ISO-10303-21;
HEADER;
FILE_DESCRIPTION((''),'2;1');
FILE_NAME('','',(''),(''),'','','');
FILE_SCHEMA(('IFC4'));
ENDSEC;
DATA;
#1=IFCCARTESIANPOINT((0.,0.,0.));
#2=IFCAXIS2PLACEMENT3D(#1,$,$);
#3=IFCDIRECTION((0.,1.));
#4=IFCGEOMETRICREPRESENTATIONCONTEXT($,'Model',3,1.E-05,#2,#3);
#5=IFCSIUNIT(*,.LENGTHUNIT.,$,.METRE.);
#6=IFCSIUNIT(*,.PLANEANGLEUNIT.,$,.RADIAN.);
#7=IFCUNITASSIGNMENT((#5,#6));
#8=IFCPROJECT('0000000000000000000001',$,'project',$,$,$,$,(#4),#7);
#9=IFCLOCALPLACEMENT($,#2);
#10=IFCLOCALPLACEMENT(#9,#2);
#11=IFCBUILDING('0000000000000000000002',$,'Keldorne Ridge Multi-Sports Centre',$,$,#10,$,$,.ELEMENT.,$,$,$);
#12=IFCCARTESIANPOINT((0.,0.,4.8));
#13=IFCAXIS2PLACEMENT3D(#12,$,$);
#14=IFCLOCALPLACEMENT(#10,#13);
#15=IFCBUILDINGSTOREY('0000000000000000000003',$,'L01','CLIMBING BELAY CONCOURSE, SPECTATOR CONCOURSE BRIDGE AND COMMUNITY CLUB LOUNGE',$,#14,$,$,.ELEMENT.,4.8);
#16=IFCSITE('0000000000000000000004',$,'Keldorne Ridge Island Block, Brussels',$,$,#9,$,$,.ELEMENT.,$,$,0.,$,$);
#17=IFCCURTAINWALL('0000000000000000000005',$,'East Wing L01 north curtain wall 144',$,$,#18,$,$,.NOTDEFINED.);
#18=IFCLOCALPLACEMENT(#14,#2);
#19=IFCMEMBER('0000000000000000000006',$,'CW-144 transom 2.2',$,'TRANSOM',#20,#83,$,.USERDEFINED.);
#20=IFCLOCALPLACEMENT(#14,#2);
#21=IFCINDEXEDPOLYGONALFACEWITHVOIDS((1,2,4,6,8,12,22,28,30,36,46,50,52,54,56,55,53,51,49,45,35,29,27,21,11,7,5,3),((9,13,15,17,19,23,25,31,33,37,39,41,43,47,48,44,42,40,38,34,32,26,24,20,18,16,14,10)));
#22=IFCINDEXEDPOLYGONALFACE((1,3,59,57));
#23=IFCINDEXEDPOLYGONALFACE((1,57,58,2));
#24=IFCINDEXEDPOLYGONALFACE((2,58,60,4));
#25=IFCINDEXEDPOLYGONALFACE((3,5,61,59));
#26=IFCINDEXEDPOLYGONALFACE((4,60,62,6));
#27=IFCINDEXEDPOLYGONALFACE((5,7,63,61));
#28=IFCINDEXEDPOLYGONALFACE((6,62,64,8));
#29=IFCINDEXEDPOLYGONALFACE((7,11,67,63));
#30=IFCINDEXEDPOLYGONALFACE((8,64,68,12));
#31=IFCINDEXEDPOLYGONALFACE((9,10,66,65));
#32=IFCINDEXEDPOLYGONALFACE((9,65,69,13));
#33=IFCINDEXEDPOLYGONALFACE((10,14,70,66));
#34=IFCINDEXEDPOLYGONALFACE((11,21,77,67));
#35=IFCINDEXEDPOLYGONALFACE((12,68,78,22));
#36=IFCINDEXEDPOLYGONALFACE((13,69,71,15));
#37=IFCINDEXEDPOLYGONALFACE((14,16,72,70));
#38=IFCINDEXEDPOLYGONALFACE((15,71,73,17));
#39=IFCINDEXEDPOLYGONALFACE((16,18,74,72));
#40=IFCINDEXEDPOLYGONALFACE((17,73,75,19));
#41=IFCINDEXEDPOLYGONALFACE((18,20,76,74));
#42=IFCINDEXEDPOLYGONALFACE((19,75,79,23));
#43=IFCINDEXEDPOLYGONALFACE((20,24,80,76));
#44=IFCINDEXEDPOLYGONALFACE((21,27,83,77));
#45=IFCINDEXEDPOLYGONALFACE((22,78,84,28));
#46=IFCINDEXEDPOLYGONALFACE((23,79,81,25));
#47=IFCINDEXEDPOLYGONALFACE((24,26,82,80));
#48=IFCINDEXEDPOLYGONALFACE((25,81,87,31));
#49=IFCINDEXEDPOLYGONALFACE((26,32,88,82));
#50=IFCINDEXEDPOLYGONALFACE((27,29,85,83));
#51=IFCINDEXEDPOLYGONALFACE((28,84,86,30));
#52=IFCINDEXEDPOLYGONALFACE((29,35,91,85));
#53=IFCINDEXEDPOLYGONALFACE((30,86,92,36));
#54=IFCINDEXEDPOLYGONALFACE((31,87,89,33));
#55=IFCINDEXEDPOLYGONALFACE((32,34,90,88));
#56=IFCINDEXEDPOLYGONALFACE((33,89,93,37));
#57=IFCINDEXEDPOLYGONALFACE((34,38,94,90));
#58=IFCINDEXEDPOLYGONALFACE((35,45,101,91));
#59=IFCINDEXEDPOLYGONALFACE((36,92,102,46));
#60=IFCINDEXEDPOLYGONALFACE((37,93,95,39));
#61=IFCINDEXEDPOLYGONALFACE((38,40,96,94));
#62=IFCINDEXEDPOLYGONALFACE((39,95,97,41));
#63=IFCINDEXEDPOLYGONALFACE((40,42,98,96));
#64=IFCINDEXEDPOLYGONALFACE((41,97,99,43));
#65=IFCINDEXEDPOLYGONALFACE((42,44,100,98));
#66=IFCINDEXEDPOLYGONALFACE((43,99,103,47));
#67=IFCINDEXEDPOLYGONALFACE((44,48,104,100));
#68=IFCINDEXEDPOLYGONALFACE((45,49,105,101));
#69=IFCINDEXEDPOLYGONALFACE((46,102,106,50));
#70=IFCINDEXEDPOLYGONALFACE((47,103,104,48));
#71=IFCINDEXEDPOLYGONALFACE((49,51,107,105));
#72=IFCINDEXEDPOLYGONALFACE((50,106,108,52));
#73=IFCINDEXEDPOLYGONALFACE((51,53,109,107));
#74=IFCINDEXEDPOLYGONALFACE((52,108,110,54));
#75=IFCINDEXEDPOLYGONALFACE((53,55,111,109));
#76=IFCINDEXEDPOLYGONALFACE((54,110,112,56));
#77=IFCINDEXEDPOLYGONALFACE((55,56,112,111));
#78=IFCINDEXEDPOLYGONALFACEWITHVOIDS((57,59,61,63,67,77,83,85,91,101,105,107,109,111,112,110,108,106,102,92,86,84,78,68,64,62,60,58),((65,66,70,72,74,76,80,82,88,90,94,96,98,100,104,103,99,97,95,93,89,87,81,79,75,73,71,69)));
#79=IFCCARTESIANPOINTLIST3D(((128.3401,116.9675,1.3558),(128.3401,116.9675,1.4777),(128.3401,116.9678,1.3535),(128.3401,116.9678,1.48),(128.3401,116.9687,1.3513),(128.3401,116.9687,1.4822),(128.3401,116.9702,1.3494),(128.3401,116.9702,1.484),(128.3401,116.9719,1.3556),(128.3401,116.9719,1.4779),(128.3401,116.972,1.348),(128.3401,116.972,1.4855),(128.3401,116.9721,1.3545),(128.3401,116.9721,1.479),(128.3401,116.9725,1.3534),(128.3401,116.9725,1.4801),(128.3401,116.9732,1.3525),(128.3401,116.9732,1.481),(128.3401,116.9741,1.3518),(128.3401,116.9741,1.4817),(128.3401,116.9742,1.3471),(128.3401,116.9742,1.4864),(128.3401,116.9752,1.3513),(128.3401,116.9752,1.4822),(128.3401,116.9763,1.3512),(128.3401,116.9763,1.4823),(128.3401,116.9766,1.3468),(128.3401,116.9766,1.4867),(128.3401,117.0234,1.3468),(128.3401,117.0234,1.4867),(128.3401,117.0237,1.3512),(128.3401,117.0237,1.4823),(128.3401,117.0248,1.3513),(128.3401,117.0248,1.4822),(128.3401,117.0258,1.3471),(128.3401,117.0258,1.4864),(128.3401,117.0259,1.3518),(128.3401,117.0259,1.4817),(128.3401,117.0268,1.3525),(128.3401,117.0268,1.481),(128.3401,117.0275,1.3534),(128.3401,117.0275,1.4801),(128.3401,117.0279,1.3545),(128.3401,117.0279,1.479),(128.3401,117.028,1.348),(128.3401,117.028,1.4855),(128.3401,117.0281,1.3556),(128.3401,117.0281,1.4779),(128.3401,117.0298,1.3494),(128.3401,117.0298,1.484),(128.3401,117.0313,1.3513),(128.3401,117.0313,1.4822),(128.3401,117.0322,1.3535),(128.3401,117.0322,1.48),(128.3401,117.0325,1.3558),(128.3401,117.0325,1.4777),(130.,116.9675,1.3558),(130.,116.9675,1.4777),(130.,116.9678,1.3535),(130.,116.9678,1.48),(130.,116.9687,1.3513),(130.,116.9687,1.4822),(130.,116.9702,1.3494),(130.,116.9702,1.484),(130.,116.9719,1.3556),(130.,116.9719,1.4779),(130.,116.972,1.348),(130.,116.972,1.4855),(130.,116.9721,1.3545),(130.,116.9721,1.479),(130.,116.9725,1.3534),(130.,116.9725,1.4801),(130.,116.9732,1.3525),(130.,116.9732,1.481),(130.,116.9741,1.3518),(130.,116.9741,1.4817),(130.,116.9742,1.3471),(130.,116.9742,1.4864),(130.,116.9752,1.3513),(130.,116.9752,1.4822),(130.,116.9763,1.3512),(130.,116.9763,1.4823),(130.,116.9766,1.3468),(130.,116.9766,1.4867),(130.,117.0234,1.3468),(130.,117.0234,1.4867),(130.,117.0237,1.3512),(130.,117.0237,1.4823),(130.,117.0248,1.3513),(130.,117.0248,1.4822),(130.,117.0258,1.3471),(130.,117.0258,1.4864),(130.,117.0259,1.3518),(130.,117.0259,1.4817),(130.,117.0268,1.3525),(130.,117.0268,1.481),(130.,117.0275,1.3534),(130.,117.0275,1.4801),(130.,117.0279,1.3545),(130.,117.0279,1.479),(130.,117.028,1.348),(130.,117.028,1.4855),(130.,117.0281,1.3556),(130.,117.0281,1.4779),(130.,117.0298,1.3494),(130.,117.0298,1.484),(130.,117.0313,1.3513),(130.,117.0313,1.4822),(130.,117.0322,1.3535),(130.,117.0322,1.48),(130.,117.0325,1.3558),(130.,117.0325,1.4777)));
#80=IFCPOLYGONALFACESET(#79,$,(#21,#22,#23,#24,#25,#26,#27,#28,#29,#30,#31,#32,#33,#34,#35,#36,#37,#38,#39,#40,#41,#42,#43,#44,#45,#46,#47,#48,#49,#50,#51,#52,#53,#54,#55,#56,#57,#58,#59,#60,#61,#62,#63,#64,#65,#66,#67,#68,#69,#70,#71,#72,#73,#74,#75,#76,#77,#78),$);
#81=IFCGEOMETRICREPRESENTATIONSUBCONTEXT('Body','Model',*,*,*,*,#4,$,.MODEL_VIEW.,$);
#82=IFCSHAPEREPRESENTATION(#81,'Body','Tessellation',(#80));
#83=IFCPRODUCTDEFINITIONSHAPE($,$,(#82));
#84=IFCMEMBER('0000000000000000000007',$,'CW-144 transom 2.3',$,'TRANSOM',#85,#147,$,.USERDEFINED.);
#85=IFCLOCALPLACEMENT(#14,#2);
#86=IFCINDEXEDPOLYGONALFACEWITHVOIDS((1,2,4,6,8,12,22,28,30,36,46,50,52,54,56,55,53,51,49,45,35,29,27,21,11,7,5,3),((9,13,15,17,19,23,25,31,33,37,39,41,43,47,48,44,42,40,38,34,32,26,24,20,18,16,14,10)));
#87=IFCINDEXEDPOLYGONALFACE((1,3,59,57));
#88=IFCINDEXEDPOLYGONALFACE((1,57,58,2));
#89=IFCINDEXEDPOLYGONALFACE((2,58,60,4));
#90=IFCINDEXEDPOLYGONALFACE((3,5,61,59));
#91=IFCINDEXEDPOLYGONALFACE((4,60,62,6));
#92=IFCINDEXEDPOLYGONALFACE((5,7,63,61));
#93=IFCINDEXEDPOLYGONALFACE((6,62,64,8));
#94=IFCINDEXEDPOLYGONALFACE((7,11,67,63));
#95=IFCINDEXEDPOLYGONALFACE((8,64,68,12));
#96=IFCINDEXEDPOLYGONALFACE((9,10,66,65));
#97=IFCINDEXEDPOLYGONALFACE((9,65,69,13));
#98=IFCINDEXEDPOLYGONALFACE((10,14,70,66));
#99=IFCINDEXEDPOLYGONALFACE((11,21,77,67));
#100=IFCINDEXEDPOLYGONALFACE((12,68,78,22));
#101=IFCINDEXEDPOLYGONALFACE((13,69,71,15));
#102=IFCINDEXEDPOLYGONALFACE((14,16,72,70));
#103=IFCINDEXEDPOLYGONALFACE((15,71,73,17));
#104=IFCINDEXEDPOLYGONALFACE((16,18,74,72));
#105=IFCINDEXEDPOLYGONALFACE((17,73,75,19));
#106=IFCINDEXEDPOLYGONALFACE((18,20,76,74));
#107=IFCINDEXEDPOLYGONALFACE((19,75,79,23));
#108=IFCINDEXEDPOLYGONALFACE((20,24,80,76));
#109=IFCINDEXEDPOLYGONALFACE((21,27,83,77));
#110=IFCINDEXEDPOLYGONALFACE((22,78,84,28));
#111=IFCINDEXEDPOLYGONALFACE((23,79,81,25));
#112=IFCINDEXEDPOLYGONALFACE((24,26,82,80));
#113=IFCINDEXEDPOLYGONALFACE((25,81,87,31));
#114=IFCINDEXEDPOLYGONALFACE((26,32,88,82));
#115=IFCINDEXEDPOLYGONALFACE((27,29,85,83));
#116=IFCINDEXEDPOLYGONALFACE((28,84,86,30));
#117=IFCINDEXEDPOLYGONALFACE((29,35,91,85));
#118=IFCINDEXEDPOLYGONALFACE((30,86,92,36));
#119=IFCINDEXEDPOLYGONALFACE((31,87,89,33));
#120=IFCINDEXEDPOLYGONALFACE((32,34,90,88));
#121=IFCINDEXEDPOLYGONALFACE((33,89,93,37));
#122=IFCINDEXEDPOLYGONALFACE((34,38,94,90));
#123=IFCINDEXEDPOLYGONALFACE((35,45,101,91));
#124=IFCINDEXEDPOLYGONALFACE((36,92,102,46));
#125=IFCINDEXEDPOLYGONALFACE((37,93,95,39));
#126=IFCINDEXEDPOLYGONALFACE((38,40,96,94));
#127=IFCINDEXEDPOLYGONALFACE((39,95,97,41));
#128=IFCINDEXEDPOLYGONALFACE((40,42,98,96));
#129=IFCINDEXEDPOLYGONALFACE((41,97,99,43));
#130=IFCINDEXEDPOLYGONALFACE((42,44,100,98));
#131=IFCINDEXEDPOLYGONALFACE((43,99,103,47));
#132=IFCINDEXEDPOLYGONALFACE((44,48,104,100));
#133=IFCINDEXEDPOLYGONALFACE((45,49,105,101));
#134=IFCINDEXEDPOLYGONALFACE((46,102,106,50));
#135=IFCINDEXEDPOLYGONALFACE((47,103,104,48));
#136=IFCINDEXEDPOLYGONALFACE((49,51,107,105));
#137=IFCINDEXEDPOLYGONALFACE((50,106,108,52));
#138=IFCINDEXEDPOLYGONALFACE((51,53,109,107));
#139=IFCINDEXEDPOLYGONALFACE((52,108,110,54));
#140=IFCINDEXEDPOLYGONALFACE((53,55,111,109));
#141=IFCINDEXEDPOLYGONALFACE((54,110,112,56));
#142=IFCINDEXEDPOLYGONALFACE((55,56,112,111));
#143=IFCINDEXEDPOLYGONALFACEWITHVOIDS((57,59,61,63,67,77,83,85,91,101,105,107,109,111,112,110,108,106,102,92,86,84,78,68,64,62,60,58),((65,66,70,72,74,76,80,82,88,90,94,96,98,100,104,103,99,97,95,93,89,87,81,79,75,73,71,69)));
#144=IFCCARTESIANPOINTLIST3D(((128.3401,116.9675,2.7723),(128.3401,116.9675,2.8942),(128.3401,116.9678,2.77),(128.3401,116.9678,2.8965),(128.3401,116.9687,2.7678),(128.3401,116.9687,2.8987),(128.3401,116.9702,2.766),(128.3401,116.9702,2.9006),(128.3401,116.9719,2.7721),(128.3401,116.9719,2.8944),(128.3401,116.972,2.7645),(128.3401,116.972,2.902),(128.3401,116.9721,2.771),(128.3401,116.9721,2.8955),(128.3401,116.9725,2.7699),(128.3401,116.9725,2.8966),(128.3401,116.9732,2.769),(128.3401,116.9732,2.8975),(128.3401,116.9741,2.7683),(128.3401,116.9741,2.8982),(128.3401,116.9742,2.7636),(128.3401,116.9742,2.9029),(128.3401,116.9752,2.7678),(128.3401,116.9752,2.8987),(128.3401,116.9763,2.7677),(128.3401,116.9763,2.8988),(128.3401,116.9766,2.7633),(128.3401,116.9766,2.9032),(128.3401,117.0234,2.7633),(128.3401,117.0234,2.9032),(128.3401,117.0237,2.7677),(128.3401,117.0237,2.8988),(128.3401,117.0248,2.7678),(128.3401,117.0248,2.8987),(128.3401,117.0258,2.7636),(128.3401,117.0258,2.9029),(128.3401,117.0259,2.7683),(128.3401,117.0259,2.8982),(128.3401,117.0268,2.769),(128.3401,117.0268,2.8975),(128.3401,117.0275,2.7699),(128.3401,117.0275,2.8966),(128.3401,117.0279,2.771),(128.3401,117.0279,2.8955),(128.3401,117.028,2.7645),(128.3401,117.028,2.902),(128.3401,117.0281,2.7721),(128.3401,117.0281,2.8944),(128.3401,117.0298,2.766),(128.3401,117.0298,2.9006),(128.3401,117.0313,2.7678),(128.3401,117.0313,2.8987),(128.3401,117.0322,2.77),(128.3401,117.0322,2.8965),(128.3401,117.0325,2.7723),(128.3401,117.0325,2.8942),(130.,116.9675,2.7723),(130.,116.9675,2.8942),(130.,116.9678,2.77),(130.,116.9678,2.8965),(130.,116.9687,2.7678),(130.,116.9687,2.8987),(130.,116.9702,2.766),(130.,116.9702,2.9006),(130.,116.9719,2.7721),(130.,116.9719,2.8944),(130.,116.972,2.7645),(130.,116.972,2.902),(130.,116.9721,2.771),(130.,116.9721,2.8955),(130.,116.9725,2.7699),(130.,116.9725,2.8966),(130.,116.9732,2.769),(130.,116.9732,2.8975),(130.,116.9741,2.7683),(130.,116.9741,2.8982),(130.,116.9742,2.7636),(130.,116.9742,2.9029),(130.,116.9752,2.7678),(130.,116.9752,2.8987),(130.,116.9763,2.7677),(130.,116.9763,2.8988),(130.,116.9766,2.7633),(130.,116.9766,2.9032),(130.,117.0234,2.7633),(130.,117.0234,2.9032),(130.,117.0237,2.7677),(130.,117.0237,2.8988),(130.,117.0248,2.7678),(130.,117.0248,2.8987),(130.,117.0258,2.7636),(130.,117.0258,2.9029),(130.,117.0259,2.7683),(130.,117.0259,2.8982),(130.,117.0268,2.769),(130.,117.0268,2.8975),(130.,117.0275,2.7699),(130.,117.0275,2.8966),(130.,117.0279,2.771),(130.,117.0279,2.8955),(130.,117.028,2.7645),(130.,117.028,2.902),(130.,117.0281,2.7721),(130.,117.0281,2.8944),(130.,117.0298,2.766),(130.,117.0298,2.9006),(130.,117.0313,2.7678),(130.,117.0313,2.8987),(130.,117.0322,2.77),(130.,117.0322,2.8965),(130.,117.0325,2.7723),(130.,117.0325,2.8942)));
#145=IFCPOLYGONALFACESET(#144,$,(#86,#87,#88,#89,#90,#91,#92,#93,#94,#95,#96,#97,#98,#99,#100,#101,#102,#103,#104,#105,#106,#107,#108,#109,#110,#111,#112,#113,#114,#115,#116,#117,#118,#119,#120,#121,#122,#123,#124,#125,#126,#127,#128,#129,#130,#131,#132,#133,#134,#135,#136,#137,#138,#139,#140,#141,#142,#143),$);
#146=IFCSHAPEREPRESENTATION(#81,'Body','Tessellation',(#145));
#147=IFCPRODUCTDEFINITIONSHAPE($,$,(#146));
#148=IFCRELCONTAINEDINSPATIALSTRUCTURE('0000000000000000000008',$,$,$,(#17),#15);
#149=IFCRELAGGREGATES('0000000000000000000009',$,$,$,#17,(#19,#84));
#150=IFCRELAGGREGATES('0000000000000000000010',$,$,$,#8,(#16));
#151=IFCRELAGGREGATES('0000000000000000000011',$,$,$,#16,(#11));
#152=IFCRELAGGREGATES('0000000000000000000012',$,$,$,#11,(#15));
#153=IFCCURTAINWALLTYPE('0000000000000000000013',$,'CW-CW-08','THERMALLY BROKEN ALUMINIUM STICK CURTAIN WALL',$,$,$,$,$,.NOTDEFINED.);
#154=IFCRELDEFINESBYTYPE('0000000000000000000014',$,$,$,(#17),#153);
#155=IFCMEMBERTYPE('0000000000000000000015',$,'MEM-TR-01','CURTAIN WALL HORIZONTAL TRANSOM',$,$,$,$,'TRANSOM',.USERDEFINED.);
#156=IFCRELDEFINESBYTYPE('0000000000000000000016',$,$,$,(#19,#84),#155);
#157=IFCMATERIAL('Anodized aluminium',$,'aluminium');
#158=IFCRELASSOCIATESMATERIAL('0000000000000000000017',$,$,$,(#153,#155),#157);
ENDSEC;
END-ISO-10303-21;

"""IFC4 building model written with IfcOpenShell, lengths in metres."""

from ifc_helpers import new_model, si_unit, direction, frame, origin, origin_2d, place, context, subcontext, project, spatial, hollow_rectangle, extrude, material, material_profile, profile_set, type_object, element, aggregate, save


model = new_model("IFC4")

# Units and contexts
model_context = context("Model", 3, precision=1e-05, world=origin(), true_north=direction((0.0, 1.0)))
body_context = subcontext(model_context, "Body", "Model", "MODEL_VIEW")
ifc_project = project(units=[si_unit("LENGTHUNIT", "METRE"), si_unit("PLANEANGLEUNIT", "RADIAN")], contexts=[model_context])

# Site, building, storey
site_placement = place(None, origin())
site = spatial("IfcSite", under=ifc_project, at=site_placement, Name="Keldorne Ridge Island Block, Brussels", CompositionType="ELEMENT", RefElevation=0.0)
building_placement = place(site_placement, origin())
building = spatial("IfcBuilding", under=site, at=building_placement, Name="Keldorne Ridge Multi-Sports Centre", CompositionType="ELEMENT")
storey_placement = place(building_placement, frame((0.0, 0.0, 4.8)))
storey = spatial("IfcBuildingStorey", under=building, at=storey_placement, Name="L01", Description="CLIMBING BELAY CONCOURSE, SPECTATOR CONCOURSE BRIDGE AND COMMUNITY CLUB LOUNGE", CompositionType="ELEMENT", Elevation=4.8)

# Shared definitions
ifc_material_1 = material(Name="Anodized aluminium", Category="aluminium")

# Curtain wall
curtain_wall_type_1 = type_object("IfcCurtainWallType", Name="CW-CW-08", Description="THERMALLY BROKEN ALUMINIUM STICK CURTAIN WALL", PredefinedType="NOTDEFINED", material=ifc_material_1)
curtain_wall_1_placement = place(storey_placement, origin())
curtain_wall_1 = element("IfcCurtainWall", 1, at=curtain_wall_1_placement, inside=storey, type_object=curtain_wall_type_1, Name="East Wing L01 north curtain wall 144", PredefinedType="NOTDEFINED")

# Members
ifc_material_profile_1 = material_profile(ifc_material_1, hollow_rectangle(XDim=0.0649, YDim=0.1399, WallThickness=0.0044, InnerFilletRadius=0.0044, OuterFilletRadius=0.009, at=origin_2d()), Name="ALU TRANSOM 140x65x4.5")
ifc_profile_set_1 = profile_set([ifc_material_profile_1], Name="Anodized aluminium")
member_type_1 = type_object("IfcMemberType", Name="MEM-TR-01", Description="CURTAIN WALL HORIZONTAL TRANSOM", ElementType="TRANSOM", PredefinedType="USERDEFINED", material=ifc_profile_set_1)
member_1_placement = place(storey_placement, frame((130.0, 117.0, 1.4167), z_axis=(-1.0, 0.0, 0.0), x_axis=(0.0, -1.0, 0.0)))
member_1 = element("IfcMember", 2, at=member_1_placement, type_object=member_type_1, Name="CW-144 transom 2.2", ObjectType="TRANSOM", PredefinedType="USERDEFINED", context=body_context, shape_type="SweptSolid", body=[
    extrude(hollow_rectangle(XDim=0.0649, YDim=0.1399, WallThickness=0.0044, InnerFilletRadius=0.0044, OuterFilletRadius=0.009, at=origin_2d()), origin(), (0.0, 0.0, 1.0), 1.6599),
])
member_2_placement = place(storey_placement, frame((130.0, 117.0, 2.8333), z_axis=(-1.0, 0.0, 0.0), x_axis=(0.0, -1.0, 0.0)))
member_2 = element("IfcMember", 3, at=member_2_placement, type_object=member_type_1, Name="CW-144 transom 2.3", ObjectType="TRANSOM", PredefinedType="USERDEFINED", context=body_context, shape_type="SweptSolid", body=[
    extrude(hollow_rectangle(XDim=0.0649, YDim=0.1399, WallThickness=0.0044, InnerFilletRadius=0.0044, OuterFilletRadius=0.009, at=origin_2d()), origin(), (0.0, 0.0, 1.0), 1.6599),
])

aggregate(curtain_wall_1, [member_1, member_2])

save(model, "model.ifc")
